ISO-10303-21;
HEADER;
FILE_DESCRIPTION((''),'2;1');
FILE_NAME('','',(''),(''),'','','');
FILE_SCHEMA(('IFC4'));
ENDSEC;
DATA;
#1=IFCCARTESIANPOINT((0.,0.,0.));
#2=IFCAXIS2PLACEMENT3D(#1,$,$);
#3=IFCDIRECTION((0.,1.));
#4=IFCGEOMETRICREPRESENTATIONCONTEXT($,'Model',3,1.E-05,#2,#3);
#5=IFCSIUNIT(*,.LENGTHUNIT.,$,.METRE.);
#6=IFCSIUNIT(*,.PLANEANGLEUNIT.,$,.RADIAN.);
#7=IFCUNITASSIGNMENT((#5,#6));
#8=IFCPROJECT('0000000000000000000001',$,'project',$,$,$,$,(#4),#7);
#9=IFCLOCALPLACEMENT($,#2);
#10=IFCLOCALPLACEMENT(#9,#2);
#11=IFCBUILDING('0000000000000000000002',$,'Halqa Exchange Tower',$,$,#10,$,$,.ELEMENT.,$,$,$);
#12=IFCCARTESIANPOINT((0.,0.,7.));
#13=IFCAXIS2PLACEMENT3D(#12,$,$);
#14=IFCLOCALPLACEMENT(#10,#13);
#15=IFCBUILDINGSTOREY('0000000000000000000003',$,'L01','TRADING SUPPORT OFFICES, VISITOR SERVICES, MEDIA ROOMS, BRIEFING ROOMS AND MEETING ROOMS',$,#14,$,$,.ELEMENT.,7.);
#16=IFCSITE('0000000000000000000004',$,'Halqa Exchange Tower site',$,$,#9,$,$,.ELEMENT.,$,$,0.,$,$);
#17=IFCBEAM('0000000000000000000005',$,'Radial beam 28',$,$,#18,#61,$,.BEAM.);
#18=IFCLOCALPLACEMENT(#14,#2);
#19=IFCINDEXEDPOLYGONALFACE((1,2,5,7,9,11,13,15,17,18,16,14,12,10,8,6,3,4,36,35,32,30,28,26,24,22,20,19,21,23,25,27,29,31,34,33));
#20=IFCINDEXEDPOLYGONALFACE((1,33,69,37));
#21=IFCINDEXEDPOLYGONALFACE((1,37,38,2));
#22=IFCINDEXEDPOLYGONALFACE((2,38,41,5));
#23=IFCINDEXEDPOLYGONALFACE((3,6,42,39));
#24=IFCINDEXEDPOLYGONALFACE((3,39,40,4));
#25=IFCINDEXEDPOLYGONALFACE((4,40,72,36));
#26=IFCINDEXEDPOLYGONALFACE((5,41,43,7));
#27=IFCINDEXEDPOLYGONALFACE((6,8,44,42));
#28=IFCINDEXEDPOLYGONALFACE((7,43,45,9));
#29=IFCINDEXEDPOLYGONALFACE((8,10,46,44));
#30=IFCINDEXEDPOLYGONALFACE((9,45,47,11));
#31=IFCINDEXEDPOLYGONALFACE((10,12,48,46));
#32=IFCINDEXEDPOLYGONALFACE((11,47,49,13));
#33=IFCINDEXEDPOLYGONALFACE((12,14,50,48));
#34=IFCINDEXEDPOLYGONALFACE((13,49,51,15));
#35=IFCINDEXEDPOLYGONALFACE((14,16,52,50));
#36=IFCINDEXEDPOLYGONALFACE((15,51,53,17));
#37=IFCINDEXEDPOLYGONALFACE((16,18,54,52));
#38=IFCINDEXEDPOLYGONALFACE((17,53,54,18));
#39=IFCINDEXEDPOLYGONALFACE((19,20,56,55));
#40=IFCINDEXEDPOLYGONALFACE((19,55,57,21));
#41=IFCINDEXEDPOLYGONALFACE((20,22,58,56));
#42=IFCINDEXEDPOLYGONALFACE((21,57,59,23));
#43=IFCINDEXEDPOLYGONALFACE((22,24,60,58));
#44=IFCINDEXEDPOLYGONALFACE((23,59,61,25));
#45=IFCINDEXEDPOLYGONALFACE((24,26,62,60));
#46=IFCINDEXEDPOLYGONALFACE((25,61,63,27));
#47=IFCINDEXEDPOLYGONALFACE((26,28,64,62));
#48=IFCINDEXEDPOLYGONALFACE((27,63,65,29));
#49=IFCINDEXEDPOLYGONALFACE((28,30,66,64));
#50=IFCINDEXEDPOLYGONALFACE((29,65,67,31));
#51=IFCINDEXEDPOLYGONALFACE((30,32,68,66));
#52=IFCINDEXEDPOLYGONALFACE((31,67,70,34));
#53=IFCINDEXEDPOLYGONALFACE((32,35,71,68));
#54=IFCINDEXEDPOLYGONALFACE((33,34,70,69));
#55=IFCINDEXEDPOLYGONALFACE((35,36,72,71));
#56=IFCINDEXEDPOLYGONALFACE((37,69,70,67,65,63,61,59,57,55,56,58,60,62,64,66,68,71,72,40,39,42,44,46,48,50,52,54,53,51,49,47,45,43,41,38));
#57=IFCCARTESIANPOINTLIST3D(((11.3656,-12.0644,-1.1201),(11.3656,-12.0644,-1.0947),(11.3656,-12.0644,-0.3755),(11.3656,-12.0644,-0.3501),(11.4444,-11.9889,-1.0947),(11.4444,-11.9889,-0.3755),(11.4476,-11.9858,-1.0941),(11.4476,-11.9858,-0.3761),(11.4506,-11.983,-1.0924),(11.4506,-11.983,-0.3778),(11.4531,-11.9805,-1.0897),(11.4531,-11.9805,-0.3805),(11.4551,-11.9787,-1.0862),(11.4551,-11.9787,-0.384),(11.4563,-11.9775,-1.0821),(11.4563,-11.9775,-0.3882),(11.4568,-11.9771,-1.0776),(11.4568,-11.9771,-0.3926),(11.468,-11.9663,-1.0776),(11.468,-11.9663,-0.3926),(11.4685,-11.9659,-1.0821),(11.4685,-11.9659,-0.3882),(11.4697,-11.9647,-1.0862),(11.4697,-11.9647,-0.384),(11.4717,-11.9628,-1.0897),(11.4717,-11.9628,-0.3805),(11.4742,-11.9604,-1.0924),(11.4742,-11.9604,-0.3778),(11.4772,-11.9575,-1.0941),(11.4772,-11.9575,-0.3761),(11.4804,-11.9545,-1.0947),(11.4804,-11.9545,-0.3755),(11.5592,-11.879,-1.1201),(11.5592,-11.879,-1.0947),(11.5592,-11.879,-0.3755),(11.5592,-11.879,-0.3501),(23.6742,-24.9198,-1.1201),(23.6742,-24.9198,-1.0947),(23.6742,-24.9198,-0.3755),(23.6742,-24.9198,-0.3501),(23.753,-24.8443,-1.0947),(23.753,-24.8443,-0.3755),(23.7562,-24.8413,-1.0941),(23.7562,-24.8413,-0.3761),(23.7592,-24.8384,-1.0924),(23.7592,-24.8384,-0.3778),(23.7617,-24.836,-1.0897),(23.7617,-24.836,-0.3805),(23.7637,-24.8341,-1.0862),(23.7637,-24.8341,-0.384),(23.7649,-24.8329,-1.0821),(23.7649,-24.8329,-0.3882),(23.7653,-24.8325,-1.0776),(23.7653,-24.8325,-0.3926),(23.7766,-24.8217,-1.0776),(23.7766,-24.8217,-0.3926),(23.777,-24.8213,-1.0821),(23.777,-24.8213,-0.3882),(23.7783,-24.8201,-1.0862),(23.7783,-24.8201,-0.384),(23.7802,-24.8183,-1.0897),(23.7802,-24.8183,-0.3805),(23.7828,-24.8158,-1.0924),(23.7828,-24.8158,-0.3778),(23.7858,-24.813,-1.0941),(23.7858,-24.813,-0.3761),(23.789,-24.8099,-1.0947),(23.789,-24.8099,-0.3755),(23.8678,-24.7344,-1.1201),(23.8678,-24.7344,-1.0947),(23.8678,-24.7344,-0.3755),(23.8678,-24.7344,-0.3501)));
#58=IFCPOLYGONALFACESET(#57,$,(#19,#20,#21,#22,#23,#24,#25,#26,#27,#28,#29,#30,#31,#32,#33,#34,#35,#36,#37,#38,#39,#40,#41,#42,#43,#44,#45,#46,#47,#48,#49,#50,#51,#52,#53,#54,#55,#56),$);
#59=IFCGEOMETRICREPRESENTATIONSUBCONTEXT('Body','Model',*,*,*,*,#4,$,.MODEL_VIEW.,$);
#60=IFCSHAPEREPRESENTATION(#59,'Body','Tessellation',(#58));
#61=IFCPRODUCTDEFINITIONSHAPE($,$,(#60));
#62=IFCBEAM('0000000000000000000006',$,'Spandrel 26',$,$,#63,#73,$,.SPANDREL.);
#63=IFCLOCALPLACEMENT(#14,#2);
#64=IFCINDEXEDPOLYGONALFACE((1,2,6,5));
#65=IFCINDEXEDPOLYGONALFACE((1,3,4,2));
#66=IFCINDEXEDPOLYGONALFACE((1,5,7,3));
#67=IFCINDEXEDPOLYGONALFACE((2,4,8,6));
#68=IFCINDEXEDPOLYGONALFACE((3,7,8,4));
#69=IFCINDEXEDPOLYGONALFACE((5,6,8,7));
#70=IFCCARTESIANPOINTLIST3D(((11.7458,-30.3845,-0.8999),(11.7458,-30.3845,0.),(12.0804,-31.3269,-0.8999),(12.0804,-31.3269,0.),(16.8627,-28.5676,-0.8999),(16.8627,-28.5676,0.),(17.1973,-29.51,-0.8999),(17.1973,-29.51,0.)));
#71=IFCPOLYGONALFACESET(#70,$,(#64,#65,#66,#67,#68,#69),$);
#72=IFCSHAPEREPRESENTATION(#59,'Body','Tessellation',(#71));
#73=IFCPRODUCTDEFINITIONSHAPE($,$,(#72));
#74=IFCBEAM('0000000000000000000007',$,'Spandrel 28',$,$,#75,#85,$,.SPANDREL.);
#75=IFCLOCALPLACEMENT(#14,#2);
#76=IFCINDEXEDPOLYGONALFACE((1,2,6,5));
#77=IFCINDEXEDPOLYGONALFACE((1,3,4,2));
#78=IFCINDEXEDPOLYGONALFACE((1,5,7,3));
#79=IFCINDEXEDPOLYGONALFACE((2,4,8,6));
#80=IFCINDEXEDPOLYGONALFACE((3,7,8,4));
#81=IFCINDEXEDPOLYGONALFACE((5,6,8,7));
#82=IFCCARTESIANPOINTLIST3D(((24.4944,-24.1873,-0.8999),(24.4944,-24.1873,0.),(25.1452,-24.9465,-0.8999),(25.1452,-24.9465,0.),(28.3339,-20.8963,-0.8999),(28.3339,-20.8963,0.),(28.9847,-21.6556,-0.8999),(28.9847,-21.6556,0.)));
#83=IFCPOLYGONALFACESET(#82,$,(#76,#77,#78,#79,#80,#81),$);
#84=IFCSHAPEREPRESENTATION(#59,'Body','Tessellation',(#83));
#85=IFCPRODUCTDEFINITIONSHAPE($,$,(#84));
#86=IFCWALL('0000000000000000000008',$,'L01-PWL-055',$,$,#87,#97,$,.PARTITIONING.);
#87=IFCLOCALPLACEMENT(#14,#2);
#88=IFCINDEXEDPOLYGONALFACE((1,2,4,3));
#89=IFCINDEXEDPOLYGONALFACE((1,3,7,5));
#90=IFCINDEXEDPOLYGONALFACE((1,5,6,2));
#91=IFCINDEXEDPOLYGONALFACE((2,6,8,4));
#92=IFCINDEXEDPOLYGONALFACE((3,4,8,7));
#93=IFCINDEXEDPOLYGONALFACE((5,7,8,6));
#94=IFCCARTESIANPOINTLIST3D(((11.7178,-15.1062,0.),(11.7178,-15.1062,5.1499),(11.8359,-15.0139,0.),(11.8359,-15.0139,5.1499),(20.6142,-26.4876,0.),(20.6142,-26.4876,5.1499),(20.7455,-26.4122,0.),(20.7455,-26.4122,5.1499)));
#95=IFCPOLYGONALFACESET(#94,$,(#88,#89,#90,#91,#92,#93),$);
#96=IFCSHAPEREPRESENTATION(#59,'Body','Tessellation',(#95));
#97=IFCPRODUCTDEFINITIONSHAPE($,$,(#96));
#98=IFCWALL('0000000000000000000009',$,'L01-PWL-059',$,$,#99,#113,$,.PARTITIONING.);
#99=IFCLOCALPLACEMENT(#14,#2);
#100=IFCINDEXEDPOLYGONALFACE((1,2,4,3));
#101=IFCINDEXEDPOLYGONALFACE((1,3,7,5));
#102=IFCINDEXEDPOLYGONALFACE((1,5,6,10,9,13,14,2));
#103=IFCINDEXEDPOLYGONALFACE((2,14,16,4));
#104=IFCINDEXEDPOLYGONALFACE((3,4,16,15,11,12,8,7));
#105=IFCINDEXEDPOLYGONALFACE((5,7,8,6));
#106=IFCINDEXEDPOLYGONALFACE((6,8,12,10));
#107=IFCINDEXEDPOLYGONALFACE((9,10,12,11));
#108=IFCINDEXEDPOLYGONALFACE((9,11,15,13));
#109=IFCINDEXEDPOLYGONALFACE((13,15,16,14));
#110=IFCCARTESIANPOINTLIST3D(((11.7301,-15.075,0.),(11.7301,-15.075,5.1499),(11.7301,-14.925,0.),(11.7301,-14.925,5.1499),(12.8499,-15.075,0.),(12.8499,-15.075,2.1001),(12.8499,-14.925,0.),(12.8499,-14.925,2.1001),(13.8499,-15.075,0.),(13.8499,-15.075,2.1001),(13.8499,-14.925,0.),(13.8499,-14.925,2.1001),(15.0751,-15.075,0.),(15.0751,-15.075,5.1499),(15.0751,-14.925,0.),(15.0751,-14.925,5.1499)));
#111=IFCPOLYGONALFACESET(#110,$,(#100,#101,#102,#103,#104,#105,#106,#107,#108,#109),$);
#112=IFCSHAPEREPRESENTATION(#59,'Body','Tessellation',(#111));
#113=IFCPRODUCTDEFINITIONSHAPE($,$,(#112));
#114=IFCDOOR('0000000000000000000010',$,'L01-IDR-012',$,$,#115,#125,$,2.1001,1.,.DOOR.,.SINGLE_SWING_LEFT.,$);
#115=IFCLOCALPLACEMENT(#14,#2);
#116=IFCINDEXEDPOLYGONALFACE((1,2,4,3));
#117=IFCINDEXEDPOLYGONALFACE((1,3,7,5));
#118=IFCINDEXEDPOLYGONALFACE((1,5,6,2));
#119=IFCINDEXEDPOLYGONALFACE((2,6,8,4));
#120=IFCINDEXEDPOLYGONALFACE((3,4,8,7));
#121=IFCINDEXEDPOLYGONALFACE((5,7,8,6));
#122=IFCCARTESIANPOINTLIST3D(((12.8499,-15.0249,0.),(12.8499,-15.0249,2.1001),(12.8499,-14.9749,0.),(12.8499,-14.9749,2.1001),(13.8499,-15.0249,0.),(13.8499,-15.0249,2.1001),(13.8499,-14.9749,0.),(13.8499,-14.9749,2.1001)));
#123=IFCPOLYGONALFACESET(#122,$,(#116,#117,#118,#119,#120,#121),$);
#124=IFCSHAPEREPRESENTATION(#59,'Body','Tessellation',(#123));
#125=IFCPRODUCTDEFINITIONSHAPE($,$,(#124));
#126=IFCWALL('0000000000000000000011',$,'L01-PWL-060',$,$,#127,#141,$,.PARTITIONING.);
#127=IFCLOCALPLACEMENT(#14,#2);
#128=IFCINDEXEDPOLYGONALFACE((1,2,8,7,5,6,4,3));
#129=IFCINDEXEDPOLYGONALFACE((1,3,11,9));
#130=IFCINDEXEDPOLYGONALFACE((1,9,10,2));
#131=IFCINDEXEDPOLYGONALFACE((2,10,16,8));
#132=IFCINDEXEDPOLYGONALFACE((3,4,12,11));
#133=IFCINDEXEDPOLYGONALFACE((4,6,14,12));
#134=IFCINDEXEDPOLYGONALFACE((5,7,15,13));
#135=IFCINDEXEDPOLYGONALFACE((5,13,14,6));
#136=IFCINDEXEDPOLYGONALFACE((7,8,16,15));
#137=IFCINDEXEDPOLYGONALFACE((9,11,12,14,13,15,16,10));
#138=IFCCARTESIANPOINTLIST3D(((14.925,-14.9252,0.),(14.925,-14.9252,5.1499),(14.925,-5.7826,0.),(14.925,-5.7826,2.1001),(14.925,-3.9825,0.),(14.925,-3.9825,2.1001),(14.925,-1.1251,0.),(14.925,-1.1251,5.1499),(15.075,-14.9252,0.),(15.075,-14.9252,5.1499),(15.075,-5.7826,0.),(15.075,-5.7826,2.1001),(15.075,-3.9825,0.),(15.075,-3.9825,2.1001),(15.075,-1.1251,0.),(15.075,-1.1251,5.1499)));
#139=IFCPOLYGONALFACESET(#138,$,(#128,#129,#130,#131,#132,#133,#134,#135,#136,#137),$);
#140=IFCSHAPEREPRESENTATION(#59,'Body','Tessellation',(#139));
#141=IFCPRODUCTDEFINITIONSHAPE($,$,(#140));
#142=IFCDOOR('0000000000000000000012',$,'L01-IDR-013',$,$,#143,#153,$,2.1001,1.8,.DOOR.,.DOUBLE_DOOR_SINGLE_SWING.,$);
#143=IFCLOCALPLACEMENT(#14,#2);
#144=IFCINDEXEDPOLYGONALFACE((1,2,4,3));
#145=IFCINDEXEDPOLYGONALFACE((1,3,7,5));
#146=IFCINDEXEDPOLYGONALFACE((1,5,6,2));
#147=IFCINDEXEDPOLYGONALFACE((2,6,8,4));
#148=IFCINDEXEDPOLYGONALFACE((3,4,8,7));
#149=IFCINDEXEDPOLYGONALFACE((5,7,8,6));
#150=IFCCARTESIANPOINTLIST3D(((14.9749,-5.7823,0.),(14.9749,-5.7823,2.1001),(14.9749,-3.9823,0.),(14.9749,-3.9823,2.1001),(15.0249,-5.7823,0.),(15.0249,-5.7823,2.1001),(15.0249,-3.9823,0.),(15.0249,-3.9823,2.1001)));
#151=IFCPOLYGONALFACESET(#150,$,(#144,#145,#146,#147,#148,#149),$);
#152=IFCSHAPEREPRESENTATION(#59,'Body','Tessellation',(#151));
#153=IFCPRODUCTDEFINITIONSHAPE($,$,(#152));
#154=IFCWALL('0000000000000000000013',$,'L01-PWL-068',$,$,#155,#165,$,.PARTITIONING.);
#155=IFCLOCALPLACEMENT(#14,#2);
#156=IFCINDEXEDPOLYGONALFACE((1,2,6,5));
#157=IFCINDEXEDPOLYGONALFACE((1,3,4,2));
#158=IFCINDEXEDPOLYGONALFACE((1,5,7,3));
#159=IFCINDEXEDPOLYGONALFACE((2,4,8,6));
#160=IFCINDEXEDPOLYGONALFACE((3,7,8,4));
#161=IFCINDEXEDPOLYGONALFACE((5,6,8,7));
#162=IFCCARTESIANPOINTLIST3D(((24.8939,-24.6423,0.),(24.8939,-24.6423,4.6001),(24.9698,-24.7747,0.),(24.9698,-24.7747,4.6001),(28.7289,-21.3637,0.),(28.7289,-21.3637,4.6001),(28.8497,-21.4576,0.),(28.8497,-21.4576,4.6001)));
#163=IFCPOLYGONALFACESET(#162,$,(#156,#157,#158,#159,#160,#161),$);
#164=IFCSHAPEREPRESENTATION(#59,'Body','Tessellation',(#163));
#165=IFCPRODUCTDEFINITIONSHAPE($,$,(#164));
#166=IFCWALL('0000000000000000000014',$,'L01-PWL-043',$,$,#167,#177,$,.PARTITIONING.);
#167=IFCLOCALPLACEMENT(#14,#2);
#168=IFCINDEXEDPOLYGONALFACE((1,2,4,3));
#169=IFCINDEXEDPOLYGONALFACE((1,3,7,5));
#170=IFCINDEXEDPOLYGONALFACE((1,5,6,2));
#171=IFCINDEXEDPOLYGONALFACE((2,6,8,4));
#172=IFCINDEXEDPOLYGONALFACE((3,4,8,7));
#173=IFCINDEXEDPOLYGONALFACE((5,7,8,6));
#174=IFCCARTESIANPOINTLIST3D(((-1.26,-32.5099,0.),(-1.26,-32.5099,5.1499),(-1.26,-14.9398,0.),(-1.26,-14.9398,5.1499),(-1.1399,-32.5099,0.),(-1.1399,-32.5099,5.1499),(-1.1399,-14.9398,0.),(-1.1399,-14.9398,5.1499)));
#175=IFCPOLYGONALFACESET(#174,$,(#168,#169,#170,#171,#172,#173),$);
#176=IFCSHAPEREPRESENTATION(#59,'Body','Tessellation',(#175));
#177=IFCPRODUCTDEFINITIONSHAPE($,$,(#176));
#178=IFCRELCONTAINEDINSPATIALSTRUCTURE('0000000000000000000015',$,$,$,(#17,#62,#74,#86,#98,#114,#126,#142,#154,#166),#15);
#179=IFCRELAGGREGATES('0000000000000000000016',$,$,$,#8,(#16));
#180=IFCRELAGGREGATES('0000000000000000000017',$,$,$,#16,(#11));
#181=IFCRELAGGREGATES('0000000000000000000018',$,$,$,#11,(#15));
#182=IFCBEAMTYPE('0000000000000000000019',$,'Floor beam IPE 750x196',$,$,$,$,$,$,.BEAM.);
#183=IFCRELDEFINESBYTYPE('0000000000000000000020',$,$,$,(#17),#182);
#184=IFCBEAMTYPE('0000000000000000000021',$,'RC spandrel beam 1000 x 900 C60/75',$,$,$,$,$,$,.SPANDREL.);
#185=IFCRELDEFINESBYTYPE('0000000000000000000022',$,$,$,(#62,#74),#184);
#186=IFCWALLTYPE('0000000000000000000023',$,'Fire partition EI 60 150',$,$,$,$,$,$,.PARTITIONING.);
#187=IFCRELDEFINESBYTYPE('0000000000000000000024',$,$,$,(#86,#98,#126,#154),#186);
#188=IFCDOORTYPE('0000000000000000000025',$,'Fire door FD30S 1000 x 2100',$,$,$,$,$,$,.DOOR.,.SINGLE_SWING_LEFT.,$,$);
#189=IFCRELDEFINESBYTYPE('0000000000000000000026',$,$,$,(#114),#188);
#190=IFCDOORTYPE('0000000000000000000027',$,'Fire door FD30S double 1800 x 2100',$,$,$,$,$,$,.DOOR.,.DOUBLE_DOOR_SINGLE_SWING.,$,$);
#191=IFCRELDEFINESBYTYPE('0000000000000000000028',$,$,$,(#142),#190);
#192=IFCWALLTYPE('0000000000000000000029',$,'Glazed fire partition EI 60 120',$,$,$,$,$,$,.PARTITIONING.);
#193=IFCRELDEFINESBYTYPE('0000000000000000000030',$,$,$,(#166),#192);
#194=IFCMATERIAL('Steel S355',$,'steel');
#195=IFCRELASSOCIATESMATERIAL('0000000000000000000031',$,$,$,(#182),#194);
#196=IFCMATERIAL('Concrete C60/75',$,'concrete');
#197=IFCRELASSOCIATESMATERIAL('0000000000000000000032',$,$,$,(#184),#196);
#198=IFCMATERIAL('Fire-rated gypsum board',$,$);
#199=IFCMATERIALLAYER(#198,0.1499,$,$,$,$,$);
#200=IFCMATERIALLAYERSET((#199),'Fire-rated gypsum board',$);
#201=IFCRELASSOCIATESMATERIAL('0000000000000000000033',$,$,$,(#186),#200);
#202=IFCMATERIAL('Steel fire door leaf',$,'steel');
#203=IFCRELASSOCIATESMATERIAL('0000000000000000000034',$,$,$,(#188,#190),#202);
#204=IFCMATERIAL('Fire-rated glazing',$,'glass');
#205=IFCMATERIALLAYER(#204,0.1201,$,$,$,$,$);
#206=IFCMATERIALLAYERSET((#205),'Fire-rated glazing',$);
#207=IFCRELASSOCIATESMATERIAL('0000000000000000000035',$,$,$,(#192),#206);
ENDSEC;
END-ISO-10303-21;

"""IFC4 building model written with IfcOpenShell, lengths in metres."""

from ifc_helpers import new_model, si_unit, direction, frame, frame_2d, origin, origin_2d, place, context, subcontext, project, spatial, polyline, rectangle, i_section, outline, extrude, material, layer, layer_set, material_profile, profile_set, type_object, element, fill, save


model = new_model("IFC4")

# Units and contexts
model_context = context("Model", 3, precision=1e-05, world=origin(), true_north=direction((0.0, 1.0)))
body_context = subcontext(model_context, "Body", "Model", "MODEL_VIEW")
ifc_project = project(units=[si_unit("LENGTHUNIT", "METRE"), si_unit("PLANEANGLEUNIT", "RADIAN")], contexts=[model_context])

# Site, building, storey
site_placement = place(None, origin())
site = spatial("IfcSite", under=ifc_project, at=site_placement, Name="Halqa Exchange Tower site", CompositionType="ELEMENT", RefElevation=0.0)
building_placement = place(site_placement, origin())
building = spatial("IfcBuilding", under=site, at=building_placement, Name="Halqa Exchange Tower", CompositionType="ELEMENT")
storey_placement = place(building_placement, frame((0.0, 0.0, 7.0)))
storey = spatial("IfcBuildingStorey", under=building, at=storey_placement, Name="L01", Description="TRADING SUPPORT OFFICES, VISITOR SERVICES, MEDIA ROOMS, BRIEFING ROOMS AND MEETING ROOMS", CompositionType="ELEMENT", Elevation=7.0)

# Beams
ifc_material_1 = material(Name="Steel S355", Category="steel")
ifc_material_profile_1 = material_profile(ifc_material_1, i_section(OverallWidth=0.2681, OverallDepth=0.77, WebThickness=0.0156, FlangeThickness=0.0254, FilletRadius=0.0171, at=origin_2d()), Name="IPE 750x196")
ifc_profile_set_1 = profile_set([ifc_material_profile_1], Name="Steel S355")
beam_type_1 = type_object("IfcBeamType", Name="Floor beam IPE 750x196", PredefinedType="BEAM", material=ifc_profile_set_1)
beam_1_placement = place(storey_placement, frame((11.4624, -11.9717, -0.7351), z_axis=(0.691576, -0.722303, 0.0), x_axis=(0.722303, 0.691576, 0.0)))
element("IfcBeam", 1, at=beam_1_placement, inside=storey, type_object=beam_type_1, Name="Radial beam 28", PredefinedType="BEAM", context=body_context, shape_type="SweptSolid", body=[
    extrude(i_section(OverallWidth=0.2681, OverallDepth=0.77, WebThickness=0.0156, FlangeThickness=0.0254, FilletRadius=0.0171, at=origin_2d()), origin(), (0.0, 0.0, 1.0), 17.7979),
])
ifc_material_2 = material(Name="Concrete C60/75", Category="concrete")
ifc_material_profile_2 = material_profile(ifc_material_2, rectangle(XDim=1.0, YDim=0.8999, at=origin_2d()), Name="1000 x 900")
ifc_profile_set_2 = profile_set([ifc_material_profile_2], Name="Concrete C60/75")
beam_type_2 = type_object("IfcBeamType", Name="RC spandrel beam 1000 x 900 C60/75", PredefinedType="SPANDREL", material=ifc_profile_set_2)
beam_2_placement = place(storey_placement, frame((11.9131, -30.8557, -0.45), z_axis=(0.942358, 0.334607, 0.0), x_axis=(-0.334607, 0.942358, 0.0)))
element("IfcBeam", 2, at=beam_2_placement, inside=storey, type_object=beam_type_2, Name="Spandrel 26", PredefinedType="SPANDREL", context=body_context, shape_type="SweptSolid", body=[
    extrude(rectangle(XDim=1.0, YDim=0.8999, at=origin_2d()), origin(), (0.0, 0.0, 1.0), 5.4299),
])
beam_3_placement = place(storey_placement, frame((24.8198, -24.5669, -0.45), z_axis=(0.759263, 0.650783, 0.0), x_axis=(-0.650783, 0.759263, 0.0)))
element("IfcBeam", 3, at=beam_3_placement, inside=storey, type_object=beam_type_2, Name="Spandrel 28", PredefinedType="SPANDREL", context=body_context, shape_type="SweptSolid", body=[
    extrude(rectangle(XDim=1.0, YDim=0.8999, at=origin_2d()), origin(), (0.0, 0.0, 1.0), 5.0569),
])

# Wall
ifc_material_3 = material(Name="Fire-rated gypsum board")
ifc_layer_1 = layer(ifc_material_3, 0.1499)
ifc_layer_set_1 = layer_set([ifc_layer_1], Name="Fire-rated gypsum board")
wall_type_1 = type_object("IfcWallType", Name="Fire partition EI 60 150", PredefinedType="PARTITIONING", material=ifc_layer_set_1)
wall_1_placement = place(storey_placement, frame((11.7769, -15.0601, 0.0), z_axis=(0.0, 0.0, 1.0), x_axis=(0.615847, -0.787866, 0.0)))
element("IfcWall", 4, at=wall_1_placement, inside=storey, type_object=wall_type_1, Name="L01-PWL-055", PredefinedType="PARTITIONING", context=body_context, shape_type="SweptSolid", body=[
    extrude(outline(polyline([(0.0, -0.075), (14.4458, -0.075), (14.4673, 0.075), (0.0, 0.075), (0.0, -0.075)])), origin(), (0.0, 0.0, 1.0), 5.1499),
])

# Walls, openings, doors
wall_2_placement = place(storey_placement, frame((15.075, -15.0, 0.0), z_axis=(0.0, 0.0, 1.0), x_axis=(-1.0, 0.0, 0.0)))
wall_2 = element("IfcWall", 5, at=wall_2_placement, inside=storey, type_object=wall_type_1, Name="L01-PWL-059", PredefinedType="PARTITIONING", context=body_context, shape_type="SweptSolid", body=[
    extrude(rectangle(XDim=3.345, YDim=0.1499, at=frame_2d((1.6724, 0.0))), origin(), (0.0, 0.0, 1.0), 5.1499),
])
opening_1_placement = place(wall_2_placement, frame((1.2251, 0.0, 0.0)))
opening_1 = element("IfcOpeningElement", 6, at=opening_1_placement, cuts=wall_2, PredefinedType="OPENING", context=body_context, shape_type="SweptSolid", body=[
    extrude(rectangle(XDim=1.0, YDim=2.1001, at=frame_2d((0.5, 1.05))), frame((0.0, 0.0869, 0.0), z_axis=(0.0, -1.0, 0.0), x_axis=(1.0, 0.0, 0.0)), (0.0, 0.0, 1.0), 0.1738),
])
ifc_material_4 = material(Name="Steel fire door leaf", Category="steel")
door_type_1 = type_object("IfcDoorType", Name="Fire door FD30S 1000 x 2100", OperationType="SINGLE_SWING_LEFT", PredefinedType="DOOR", material=ifc_material_4)
door_1_placement = place(opening_1_placement, origin())
door_1 = element("IfcDoor", 7, at=door_1_placement, inside=storey, type_object=door_type_1, Name="L01-IDR-012", OperationType="SINGLE_SWING_LEFT", OverallHeight=2.1001, OverallWidth=1.0, PredefinedType="DOOR", context=body_context, shape_type="SweptSolid", body=[
    extrude(rectangle(XDim=1.0, YDim=2.1001, at=frame_2d((0.5, 1.05))), frame((0.0, 0.0249, 0.0), z_axis=(0.0, -1.0, 0.0), x_axis=(1.0, 0.0, 0.0)), (0.0, 0.0, 1.0), 0.05),
])
fill(opening_1, door_1)
wall_3_placement = place(storey_placement, frame((15.0, -14.925, 0.0), z_axis=(0.0, 0.0, 1.0), x_axis=(0.0, 1.0, 0.0)))
wall_3 = element("IfcWall", 8, at=wall_3_placement, inside=storey, type_object=wall_type_1, Name="L01-PWL-060", PredefinedType="PARTITIONING", context=body_context, shape_type="SweptSolid", body=[
    extrude(rectangle(XDim=13.8, YDim=0.1499, at=frame_2d((6.8999, 0.0))), origin(), (0.0, 0.0, 1.0), 5.1499),
])
opening_2_placement = place(wall_3_placement, frame((9.1426, 0.0, 0.0)))
opening_2 = element("IfcOpeningElement", 9, at=opening_2_placement, cuts=wall_3, PredefinedType="OPENING", context=body_context, shape_type="SweptSolid", body=[
    extrude(rectangle(XDim=1.8, YDim=2.1001, at=frame_2d((0.8999, 1.05))), frame((0.0, 0.0869, 0.0), z_axis=(0.0, -1.0, 0.0), x_axis=(1.0, 0.0, 0.0)), (0.0, 0.0, 1.0), 0.1738),
])
door_type_2 = type_object("IfcDoorType", Name="Fire door FD30S double 1800 x 2100", OperationType="DOUBLE_DOOR_SINGLE_SWING", PredefinedType="DOOR", material=ifc_material_4)
door_2_placement = place(opening_2_placement, frame((1.8, 0.0, 0.0), z_axis=(0.0, 0.0, 1.0), x_axis=(-1.0, 0.0, 0.0)))
door_2 = element("IfcDoor", 10, at=door_2_placement, inside=storey, type_object=door_type_2, Name="L01-IDR-013", OperationType="DOUBLE_DOOR_SINGLE_SWING", OverallHeight=2.1001, OverallWidth=1.8, PredefinedType="DOOR", context=body_context, shape_type="SweptSolid", body=[
    extrude(rectangle(XDim=1.8, YDim=2.1001, at=frame_2d((0.8999, 1.05))), frame((0.0, 0.0249, 0.0), z_axis=(0.0, -1.0, 0.0), x_axis=(1.0, 0.0, 0.0)), (0.0, 0.0, 1.0), 0.05),
])
fill(opening_2, door_2)

# Walls
wall_4_placement = place(storey_placement, frame((24.9319, -24.7085, 0.0), z_axis=(0.0, 0.0, 1.0), x_axis=(0.760085, 0.649824, 0.0)))
element("IfcWall", 11, at=wall_4_placement, inside=storey, type_object=wall_type_1, Name="L01-PWL-068", PredefinedType="PARTITIONING", context=body_context, shape_type="SweptSolid", body=[
    extrude(outline(polyline([(-0.0142, -0.075), (5.0903, -0.075), (5.0596, 0.075), (0.0142, 0.075), (-0.0142, -0.075)])), origin(), (0.0, 0.0, 1.0), 4.6001),
])
ifc_material_5 = material(Name="Fire-rated glazing", Category="glass")
ifc_layer_2 = layer(ifc_material_5, 0.1201)
ifc_layer_set_2 = layer_set([ifc_layer_2], Name="Fire-rated glazing")
wall_type_2 = type_object("IfcWallType", Name="Glazed fire partition EI 60 120", PredefinedType="PARTITIONING", material=ifc_layer_set_2)
wall_5_placement = place(storey_placement, frame((-1.2, -32.51, 0.0), z_axis=(0.0, 0.0, 1.0), x_axis=(0.0, 1.0, 0.0)))
element("IfcWall", 12, at=wall_5_placement, inside=storey, type_object=wall_type_2, Name="L01-PWL-043", PredefinedType="PARTITIONING", context=body_context, shape_type="SweptSolid", body=[
    extrude(rectangle(XDim=17.5701, YDim=0.1201, at=frame_2d((8.7852, 0.0))), origin(), (0.0, 0.0, 1.0), 5.1499),
])

save(model, "model.ifc")
